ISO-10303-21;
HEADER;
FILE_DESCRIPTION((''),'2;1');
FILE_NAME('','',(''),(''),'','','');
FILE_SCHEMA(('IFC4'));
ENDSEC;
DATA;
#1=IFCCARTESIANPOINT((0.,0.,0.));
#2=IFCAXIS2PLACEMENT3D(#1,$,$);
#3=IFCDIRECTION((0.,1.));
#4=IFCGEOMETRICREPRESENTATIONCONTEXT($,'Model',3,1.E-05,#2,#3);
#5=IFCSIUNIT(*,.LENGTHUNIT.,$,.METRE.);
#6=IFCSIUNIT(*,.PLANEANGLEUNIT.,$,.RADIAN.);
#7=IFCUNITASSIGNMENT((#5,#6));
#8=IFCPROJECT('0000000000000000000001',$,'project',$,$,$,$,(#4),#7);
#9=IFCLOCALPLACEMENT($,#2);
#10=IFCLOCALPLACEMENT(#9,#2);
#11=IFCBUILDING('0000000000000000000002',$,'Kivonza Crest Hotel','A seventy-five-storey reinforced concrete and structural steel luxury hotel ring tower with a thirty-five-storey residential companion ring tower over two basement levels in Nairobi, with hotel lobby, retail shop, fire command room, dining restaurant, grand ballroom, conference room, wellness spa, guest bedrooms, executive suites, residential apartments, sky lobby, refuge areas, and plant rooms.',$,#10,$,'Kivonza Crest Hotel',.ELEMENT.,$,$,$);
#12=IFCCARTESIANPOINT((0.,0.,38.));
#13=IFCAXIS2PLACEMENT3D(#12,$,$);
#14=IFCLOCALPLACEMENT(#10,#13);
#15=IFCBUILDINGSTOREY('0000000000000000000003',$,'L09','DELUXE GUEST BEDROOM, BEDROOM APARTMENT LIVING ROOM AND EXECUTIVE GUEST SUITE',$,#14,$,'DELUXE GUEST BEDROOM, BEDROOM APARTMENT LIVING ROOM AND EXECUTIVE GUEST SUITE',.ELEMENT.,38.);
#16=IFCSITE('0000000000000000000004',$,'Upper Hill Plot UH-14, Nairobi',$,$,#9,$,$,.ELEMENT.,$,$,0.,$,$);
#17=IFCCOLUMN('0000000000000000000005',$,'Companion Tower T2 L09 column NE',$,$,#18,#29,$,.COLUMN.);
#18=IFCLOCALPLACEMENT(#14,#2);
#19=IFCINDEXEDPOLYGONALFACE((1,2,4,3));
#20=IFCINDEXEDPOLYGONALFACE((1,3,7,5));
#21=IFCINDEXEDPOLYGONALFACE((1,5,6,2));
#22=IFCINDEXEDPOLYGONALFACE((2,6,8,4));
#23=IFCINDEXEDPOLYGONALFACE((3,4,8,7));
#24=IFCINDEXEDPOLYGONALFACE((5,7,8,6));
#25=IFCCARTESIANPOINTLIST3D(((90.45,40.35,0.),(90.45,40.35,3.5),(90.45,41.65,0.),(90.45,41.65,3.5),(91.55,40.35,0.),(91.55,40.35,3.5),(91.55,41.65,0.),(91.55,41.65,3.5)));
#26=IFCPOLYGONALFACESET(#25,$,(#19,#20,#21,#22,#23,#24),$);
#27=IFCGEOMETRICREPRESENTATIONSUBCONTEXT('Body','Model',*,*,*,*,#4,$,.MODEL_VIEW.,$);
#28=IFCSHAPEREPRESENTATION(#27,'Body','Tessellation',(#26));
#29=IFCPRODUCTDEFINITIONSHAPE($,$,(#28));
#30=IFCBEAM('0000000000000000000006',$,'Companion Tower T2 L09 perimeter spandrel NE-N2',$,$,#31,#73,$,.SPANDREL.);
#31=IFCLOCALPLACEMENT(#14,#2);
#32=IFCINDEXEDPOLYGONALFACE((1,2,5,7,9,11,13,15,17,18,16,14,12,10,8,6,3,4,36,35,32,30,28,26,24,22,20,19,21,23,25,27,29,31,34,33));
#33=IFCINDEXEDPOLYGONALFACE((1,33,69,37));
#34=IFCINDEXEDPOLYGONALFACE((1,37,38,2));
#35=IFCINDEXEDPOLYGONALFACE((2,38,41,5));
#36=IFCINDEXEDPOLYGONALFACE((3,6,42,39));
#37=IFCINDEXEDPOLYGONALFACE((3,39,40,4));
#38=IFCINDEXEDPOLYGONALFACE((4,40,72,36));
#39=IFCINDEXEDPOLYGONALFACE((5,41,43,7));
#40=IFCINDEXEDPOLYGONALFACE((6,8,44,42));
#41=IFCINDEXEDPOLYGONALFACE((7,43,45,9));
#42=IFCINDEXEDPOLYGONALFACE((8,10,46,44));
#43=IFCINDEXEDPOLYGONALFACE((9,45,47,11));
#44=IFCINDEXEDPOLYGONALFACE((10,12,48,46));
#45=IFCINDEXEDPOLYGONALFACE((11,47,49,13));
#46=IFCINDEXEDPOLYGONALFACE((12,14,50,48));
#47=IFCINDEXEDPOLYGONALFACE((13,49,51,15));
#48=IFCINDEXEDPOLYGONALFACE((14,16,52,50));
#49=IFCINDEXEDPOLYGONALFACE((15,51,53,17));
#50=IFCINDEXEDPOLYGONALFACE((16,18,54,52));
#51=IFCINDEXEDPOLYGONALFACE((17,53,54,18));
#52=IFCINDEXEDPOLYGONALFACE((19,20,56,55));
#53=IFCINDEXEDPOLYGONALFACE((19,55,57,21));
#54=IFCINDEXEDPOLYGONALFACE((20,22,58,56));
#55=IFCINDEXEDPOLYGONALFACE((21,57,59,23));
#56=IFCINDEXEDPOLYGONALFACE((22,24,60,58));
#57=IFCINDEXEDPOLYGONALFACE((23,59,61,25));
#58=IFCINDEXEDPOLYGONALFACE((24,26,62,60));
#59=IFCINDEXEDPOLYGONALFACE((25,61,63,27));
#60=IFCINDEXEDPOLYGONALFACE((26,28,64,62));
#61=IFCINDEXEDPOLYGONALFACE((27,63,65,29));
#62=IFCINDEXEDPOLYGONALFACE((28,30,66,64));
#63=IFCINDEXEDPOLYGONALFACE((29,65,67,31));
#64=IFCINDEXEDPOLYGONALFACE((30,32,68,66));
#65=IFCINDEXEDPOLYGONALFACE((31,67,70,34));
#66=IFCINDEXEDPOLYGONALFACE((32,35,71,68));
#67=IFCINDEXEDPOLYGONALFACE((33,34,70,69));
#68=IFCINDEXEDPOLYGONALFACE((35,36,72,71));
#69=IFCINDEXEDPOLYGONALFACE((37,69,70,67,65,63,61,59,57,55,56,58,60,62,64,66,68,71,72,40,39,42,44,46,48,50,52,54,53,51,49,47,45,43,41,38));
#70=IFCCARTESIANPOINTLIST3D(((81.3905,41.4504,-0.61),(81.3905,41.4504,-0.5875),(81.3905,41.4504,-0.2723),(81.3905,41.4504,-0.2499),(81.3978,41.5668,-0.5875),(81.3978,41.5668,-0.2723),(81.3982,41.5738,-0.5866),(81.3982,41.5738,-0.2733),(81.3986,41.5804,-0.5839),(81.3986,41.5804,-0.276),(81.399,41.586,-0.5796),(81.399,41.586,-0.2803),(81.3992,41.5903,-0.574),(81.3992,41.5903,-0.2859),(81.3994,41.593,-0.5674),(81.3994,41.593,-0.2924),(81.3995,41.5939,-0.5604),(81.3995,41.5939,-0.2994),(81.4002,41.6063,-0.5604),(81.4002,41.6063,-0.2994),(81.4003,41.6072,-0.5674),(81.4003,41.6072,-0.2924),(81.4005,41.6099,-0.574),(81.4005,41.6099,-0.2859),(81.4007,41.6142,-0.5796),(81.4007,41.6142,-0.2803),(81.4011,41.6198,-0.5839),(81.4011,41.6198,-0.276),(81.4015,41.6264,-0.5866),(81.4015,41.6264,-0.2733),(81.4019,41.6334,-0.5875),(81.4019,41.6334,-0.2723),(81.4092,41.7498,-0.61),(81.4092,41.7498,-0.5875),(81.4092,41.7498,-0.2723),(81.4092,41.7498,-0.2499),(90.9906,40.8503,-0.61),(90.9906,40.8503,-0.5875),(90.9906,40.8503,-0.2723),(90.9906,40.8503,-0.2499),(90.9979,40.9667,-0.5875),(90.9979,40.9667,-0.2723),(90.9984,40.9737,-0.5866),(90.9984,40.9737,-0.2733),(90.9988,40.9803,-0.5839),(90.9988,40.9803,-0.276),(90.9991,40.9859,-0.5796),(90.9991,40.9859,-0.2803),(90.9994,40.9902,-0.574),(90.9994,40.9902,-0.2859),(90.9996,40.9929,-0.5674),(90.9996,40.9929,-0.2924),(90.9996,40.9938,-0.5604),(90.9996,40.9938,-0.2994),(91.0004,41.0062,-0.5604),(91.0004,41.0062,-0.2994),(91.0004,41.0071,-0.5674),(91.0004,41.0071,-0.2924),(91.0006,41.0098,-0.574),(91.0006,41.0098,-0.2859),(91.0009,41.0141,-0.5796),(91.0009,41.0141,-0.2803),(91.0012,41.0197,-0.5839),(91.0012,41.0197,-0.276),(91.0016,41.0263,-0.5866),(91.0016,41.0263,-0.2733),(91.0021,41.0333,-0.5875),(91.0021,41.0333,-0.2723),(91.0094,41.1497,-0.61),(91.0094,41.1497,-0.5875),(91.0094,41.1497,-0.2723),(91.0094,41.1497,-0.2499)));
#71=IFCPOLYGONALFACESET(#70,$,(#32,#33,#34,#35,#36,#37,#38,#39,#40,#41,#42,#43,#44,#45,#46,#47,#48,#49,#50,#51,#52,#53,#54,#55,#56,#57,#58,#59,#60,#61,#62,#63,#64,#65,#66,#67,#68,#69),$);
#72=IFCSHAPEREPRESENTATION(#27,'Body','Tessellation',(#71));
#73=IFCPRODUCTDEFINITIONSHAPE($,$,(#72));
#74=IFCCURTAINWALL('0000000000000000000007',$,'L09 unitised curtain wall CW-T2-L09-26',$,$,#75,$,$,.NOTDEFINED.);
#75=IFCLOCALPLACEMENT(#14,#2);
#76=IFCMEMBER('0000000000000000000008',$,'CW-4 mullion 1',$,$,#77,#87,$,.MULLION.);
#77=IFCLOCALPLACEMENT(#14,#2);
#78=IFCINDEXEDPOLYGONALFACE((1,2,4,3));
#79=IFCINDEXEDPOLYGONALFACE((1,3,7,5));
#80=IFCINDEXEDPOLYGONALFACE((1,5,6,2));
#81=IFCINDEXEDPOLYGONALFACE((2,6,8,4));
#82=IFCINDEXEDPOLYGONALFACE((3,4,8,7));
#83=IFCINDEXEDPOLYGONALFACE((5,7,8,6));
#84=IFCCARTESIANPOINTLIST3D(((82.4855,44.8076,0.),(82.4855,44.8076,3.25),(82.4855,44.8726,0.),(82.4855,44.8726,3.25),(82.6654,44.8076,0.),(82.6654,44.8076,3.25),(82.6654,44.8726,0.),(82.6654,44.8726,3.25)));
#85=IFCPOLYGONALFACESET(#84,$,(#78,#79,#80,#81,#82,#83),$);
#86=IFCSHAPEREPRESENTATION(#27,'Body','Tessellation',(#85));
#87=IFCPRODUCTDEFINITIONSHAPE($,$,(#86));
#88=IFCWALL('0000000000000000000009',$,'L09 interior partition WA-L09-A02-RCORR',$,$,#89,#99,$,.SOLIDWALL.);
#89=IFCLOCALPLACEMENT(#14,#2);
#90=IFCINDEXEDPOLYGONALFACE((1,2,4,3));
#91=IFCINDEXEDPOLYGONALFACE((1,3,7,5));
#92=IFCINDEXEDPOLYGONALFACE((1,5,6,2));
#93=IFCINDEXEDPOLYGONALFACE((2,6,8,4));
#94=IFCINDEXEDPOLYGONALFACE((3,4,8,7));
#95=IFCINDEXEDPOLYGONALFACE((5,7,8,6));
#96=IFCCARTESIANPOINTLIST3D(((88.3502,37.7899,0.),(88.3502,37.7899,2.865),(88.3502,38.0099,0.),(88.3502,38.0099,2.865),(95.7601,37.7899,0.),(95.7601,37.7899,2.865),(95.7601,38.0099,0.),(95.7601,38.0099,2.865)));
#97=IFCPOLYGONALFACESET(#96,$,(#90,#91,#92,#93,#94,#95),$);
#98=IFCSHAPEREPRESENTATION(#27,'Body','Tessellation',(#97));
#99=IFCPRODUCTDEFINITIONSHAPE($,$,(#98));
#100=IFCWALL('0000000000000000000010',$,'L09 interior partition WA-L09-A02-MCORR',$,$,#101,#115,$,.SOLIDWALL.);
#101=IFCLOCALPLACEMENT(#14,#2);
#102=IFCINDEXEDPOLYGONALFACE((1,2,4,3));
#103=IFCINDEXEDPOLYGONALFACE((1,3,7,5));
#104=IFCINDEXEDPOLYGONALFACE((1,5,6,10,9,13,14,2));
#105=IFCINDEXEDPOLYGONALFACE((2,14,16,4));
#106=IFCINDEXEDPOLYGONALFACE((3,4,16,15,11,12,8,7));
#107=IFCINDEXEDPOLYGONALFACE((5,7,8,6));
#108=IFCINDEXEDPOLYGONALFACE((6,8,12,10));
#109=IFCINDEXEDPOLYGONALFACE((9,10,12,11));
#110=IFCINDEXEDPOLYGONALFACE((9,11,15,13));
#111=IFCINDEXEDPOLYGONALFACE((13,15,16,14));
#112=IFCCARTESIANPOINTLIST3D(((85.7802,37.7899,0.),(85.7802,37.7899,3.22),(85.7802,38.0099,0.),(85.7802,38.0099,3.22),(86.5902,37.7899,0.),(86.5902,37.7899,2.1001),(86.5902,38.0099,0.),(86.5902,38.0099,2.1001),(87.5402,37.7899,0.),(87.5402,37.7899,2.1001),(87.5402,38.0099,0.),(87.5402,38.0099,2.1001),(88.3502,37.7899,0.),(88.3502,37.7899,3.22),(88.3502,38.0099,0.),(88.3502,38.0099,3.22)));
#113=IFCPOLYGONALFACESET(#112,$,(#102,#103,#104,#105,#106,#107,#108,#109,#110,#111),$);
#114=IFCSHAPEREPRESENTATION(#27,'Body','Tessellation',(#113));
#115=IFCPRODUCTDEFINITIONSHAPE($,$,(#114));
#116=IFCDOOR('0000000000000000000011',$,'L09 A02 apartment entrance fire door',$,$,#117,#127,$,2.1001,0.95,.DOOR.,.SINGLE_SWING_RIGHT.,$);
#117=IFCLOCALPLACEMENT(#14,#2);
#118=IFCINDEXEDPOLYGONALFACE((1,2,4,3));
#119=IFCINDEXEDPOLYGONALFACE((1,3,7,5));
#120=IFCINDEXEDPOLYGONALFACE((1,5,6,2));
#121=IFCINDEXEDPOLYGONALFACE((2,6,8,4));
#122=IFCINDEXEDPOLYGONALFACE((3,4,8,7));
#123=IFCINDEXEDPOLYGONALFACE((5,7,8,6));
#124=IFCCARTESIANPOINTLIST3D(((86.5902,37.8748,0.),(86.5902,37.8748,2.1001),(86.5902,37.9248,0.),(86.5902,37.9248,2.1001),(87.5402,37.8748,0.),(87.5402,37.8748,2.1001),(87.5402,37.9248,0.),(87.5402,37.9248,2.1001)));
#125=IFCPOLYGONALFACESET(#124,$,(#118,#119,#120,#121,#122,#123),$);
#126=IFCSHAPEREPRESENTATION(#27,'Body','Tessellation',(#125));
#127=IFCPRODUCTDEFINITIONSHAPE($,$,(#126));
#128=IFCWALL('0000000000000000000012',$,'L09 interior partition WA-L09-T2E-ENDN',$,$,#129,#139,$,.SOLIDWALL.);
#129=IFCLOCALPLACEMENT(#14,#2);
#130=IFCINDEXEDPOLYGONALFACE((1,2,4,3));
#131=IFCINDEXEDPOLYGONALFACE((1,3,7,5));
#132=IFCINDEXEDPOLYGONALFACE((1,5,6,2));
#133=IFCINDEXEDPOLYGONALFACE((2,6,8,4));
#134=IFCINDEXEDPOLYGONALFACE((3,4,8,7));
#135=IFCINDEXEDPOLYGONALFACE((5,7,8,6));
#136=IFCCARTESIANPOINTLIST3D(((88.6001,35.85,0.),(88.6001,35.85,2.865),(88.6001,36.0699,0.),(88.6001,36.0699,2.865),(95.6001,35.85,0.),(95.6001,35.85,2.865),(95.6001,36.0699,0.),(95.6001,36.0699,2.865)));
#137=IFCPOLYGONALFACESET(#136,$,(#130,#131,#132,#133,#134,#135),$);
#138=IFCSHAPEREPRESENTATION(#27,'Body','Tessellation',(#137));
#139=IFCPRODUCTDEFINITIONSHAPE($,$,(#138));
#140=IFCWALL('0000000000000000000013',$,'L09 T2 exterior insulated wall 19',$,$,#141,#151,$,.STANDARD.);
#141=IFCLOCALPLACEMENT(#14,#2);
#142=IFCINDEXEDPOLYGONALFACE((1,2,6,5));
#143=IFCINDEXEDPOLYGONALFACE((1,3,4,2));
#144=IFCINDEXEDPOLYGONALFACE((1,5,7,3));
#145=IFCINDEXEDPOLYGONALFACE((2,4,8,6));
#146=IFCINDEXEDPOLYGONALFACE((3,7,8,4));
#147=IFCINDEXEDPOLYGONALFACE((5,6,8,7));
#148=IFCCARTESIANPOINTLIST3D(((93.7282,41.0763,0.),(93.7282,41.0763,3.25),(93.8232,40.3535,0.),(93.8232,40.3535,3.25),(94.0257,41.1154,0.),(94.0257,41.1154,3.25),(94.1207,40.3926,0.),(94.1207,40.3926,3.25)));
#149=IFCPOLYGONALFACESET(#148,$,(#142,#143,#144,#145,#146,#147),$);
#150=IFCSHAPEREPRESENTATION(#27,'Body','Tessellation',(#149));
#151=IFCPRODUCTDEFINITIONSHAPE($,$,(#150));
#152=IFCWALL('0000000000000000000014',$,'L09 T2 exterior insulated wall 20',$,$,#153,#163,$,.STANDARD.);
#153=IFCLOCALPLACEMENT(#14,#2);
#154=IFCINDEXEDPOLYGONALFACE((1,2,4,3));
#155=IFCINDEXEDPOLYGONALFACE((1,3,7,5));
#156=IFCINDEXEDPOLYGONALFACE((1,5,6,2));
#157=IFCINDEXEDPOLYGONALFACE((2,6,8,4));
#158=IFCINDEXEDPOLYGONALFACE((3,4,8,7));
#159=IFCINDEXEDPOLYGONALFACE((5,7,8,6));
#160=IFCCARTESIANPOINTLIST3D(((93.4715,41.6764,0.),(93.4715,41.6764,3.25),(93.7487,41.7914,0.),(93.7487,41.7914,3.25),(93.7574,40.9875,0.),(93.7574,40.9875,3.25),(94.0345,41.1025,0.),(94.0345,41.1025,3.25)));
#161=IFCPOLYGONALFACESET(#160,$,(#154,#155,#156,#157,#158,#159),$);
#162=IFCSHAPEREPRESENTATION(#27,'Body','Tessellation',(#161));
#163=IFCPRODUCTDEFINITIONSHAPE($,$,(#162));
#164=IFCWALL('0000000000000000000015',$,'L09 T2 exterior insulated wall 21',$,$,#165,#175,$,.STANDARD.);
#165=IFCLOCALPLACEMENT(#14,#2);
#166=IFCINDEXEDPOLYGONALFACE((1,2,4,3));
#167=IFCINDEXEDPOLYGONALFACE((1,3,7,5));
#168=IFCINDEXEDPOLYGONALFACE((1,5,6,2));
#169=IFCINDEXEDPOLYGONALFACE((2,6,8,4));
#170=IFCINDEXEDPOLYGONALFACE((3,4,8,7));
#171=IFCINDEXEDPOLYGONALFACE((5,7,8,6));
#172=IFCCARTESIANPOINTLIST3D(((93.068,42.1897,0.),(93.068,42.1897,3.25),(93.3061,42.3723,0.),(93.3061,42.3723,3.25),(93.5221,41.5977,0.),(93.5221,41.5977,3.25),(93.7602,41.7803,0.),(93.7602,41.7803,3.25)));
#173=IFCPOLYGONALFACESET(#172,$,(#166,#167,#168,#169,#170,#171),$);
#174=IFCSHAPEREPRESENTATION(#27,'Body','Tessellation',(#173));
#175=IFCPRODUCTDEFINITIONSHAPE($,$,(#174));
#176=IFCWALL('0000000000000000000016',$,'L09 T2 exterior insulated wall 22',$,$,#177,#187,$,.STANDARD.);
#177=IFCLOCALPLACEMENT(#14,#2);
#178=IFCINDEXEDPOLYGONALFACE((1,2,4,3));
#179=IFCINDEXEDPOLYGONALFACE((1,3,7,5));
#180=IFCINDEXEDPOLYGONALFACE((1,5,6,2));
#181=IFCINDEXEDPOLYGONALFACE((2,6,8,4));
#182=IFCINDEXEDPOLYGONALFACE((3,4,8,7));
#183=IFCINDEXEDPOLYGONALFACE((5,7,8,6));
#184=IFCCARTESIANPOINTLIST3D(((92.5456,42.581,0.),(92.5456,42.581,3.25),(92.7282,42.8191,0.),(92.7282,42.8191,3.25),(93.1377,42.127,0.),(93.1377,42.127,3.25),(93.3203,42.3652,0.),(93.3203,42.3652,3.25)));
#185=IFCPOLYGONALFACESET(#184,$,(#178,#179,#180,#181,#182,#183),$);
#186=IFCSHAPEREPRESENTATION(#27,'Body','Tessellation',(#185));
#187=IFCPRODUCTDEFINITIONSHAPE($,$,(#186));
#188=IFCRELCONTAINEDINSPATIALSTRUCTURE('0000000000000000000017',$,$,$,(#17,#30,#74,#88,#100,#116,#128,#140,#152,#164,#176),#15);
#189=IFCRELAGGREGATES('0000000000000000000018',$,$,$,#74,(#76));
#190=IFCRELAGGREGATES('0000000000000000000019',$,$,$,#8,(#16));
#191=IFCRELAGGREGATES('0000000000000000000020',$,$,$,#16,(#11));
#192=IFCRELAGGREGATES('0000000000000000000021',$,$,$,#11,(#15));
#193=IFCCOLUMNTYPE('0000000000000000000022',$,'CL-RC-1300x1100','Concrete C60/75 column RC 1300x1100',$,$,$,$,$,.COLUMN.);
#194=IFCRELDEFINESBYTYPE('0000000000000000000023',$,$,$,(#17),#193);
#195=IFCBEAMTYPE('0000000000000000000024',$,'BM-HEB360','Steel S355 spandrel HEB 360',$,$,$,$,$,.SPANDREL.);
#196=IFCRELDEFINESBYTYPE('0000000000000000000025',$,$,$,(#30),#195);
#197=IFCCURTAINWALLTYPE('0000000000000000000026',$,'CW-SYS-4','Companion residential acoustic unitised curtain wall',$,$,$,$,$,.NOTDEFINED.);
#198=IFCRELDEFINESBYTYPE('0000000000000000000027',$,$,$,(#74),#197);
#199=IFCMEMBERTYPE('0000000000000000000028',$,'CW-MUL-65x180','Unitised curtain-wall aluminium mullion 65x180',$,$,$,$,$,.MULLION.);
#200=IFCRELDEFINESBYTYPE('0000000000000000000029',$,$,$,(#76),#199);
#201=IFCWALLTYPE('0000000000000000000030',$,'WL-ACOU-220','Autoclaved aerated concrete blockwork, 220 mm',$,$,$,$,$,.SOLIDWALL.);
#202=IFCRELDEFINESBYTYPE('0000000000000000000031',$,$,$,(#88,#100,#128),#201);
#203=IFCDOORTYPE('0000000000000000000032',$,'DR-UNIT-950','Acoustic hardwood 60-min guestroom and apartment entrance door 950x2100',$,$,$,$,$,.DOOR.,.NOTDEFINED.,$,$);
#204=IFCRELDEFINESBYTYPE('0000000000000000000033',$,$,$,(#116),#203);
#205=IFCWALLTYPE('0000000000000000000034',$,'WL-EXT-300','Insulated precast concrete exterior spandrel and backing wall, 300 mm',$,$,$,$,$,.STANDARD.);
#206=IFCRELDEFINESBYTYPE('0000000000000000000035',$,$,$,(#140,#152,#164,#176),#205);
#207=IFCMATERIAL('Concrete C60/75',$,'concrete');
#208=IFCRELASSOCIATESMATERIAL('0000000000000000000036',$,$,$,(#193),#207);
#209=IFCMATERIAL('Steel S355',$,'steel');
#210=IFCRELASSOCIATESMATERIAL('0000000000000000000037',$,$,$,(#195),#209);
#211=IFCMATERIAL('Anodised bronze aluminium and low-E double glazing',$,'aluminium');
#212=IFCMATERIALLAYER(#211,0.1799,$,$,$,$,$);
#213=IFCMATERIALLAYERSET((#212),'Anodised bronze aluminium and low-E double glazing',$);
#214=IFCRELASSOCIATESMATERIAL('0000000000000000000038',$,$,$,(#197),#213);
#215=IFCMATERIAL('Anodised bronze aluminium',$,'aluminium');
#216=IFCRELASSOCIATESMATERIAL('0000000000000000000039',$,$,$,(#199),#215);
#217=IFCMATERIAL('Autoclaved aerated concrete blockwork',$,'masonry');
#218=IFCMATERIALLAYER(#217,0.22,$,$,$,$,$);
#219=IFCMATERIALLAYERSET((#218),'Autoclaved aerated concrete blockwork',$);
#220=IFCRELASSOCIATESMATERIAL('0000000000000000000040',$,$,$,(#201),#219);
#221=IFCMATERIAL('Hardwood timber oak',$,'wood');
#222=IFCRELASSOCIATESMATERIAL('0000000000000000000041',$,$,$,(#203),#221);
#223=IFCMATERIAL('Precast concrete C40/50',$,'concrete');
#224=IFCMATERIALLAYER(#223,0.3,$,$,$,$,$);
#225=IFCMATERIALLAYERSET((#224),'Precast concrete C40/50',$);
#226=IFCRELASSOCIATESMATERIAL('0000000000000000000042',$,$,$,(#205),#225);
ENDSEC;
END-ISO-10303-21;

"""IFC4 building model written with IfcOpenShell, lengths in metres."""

from ifc_helpers import new_model, si_unit, direction, frame, frame_2d, origin, origin_2d, place, context, subcontext, project, spatial, rectangle, i_section, extrude, material, layer, layer_set, material_profile, profile_set, type_object, element, fill, aggregate, save


model = new_model("IFC4")

# Units and contexts
model_context = context("Model", 3, precision=1e-05, world=origin(), true_north=direction((0.0, 1.0)))
body_context = subcontext(model_context, "Body", "Model", "MODEL_VIEW")
ifc_project = project(units=[si_unit("LENGTHUNIT", "METRE"), si_unit("PLANEANGLEUNIT", "RADIAN")], contexts=[model_context])

# Site, building, storey
site_placement = place(None, origin())
site = spatial("IfcSite", under=ifc_project, at=site_placement, Name="Upper Hill Plot UH-14, Nairobi", CompositionType="ELEMENT", RefElevation=0.0)
building_placement = place(site_placement, origin())
building = spatial("IfcBuilding", under=site, at=building_placement, Name="Kivonza Crest Hotel", Description="A seventy-five-storey reinforced concrete and structural steel luxury hotel ring tower with a thirty-five-storey residential companion ring tower over two basement levels in Nairobi, with hotel lobby, retail shop, fire command room, dining restaurant, grand ballroom, conference room, wellness spa, guest bedrooms, executive suites, residential apartments, sky lobby, refuge areas, and plant rooms.", LongName="Kivonza Crest Hotel", CompositionType="ELEMENT")
storey_placement = place(building_placement, frame((0.0, 0.0, 38.0)))
storey = spatial("IfcBuildingStorey", under=building, at=storey_placement, Name="L09", Description="DELUXE GUEST BEDROOM, BEDROOM APARTMENT LIVING ROOM AND EXECUTIVE GUEST SUITE", LongName="DELUXE GUEST BEDROOM, BEDROOM APARTMENT LIVING ROOM AND EXECUTIVE GUEST SUITE", CompositionType="ELEMENT", Elevation=38.0)

# Column
ifc_material_1 = material(Name="Concrete C60/75", Category="concrete")
ifc_material_profile_1 = material_profile(ifc_material_1, rectangle(XDim=1.1001, YDim=1.3, at=origin_2d()), Name="RC 1300x1100")
ifc_profile_set_1 = profile_set([ifc_material_profile_1], Name="Concrete C60/75")
column_type = type_object("IfcColumnType", Name="CL-RC-1300x1100", Description="Concrete C60/75 column RC 1300x1100", PredefinedType="COLUMN", material=ifc_profile_set_1)
column_placement = place(storey_placement, frame((91.0, 41.0, 0.0), z_axis=(0.0, 0.0, 1.0), x_axis=(1.0, 0.0, 0.0)))
element("IfcColumn", 1, at=column_placement, inside=storey, type_object=column_type, Name="Companion Tower T2 L09 column NE", PredefinedType="COLUMN", context=body_context, shape_type="SweptSolid", body=[
    extrude(rectangle(XDim=1.1001, YDim=1.3, at=origin_2d()), origin(), (0.0, 0.0, 1.0), 3.5),
])

# Beam
ifc_material_2 = material(Name="Steel S355", Category="steel")
ifc_material_profile_2 = material_profile(ifc_material_2, i_section(OverallWidth=0.3, OverallDepth=0.3601, WebThickness=0.0125, FlangeThickness=0.0225, FilletRadius=0.0271, at=origin_2d()), Name="HEB 360")
ifc_profile_set_2 = profile_set([ifc_material_profile_2], Name="Steel S355")
beam_type = type_object("IfcBeamType", Name="BM-HEB360", Description="Steel S355 spandrel HEB 360", PredefinedType="SPANDREL", material=ifc_profile_set_2)
beam_placement = place(storey_placement, frame((91.0, 41.0, -0.4299), z_axis=(-0.998052, 0.062388, 0.0), x_axis=(-0.062388, -0.998052, 0.0)))
element("IfcBeam", 2, at=beam_placement, inside=storey, type_object=beam_type, Name="Companion Tower T2 L09 perimeter spandrel NE-N2", PredefinedType="SPANDREL", context=body_context, shape_type="SweptSolid", body=[
    extrude(i_section(OverallWidth=0.3, OverallDepth=0.3601, WebThickness=0.0125, FlangeThickness=0.0225, FilletRadius=0.0271, at=origin_2d()), origin(), (0.0, 0.0, 1.0), 9.6189),
])

# Curtain wall, member
ifc_material_3 = material(Name="Anodised bronze aluminium and low-E double glazing", Category="aluminium")
ifc_layer_1 = layer(ifc_material_3, 0.1799)
ifc_layer_set_1 = layer_set([ifc_layer_1], Name="Anodised bronze aluminium and low-E double glazing")
curtain_wall_type = type_object("IfcCurtainWallType", Name="CW-SYS-4", Description="Companion residential acoustic unitised curtain wall", PredefinedType="NOTDEFINED", material=ifc_layer_set_1)
curtain_wall_placement = place(storey_placement, origin())
curtain_wall = element("IfcCurtainWall", 3, at=curtain_wall_placement, inside=storey, type_object=curtain_wall_type, Name="L09 unitised curtain wall CW-T2-L09-26", PredefinedType="NOTDEFINED")
ifc_material_4 = material(Name="Anodised bronze aluminium", Category="aluminium")
ifc_material_profile_3 = material_profile(ifc_material_4, rectangle(XDim=0.0649, YDim=0.1799, at=origin_2d()), Name="CW-M 65x180")
ifc_profile_set_3 = profile_set([ifc_material_profile_3], Name="Anodised bronze aluminium")
member_type = type_object("IfcMemberType", Name="CW-MUL-65x180", Description="Unitised curtain-wall aluminium mullion 65x180", PredefinedType="MULLION", material=ifc_profile_set_3)
member_placement = place(storey_placement, frame((82.5754, 44.8401, 0.0), z_axis=(0.0, 0.0, 1.0), x_axis=(0.0, -1.0, 0.0)))
member = element("IfcMember", 4, at=member_placement, type_object=member_type, Name="CW-4 mullion 1", PredefinedType="MULLION", context=body_context, shape_type="SweptSolid", body=[
    extrude(rectangle(XDim=0.0649, YDim=0.1799, at=origin_2d()), origin(), (0.0, 0.0, 1.0), 3.25),
])
aggregate(curtain_wall, [member])

# Wall
ifc_material_5 = material(Name="Autoclaved aerated concrete blockwork", Category="masonry")
ifc_layer_2 = layer(ifc_material_5, 0.22)
ifc_layer_set_2 = layer_set([ifc_layer_2], Name="Autoclaved aerated concrete blockwork")
wall_type_1 = type_object("IfcWallType", Name="WL-ACOU-220", Description="Autoclaved aerated concrete blockwork, 220 mm", PredefinedType="SOLIDWALL", material=ifc_layer_set_2)
wall_1_placement = place(storey_placement, frame((88.3501, 37.8999, 0.0), z_axis=(0.0, 0.0, 1.0), x_axis=(1.0, 0.0, 0.0)))
element("IfcWall", 5, at=wall_1_placement, inside=storey, type_object=wall_type_1, Name="L09 interior partition WA-L09-A02-RCORR", PredefinedType="SOLIDWALL", context=body_context, shape_type="SweptSolid", body=[
    extrude(rectangle(XDim=7.4099, YDim=0.22, at=frame_2d((3.7051, 0.0))), origin(), (0.0, 0.0, 1.0), 2.865),
])

# Wall, opening, door
wall_2_placement = place(storey_placement, frame((85.78, 37.8999, 0.0), z_axis=(0.0, 0.0, 1.0), x_axis=(1.0, 0.0, 0.0)))
wall_2 = element("IfcWall", 6, at=wall_2_placement, inside=storey, type_object=wall_type_1, Name="L09 interior partition WA-L09-A02-MCORR", PredefinedType="SOLIDWALL", context=body_context, shape_type="SweptSolid", body=[
    extrude(rectangle(XDim=2.5701, YDim=0.22, at=frame_2d((1.2852, 0.0))), origin(), (0.0, 0.0, 1.0), 3.22),
])
opening_1_placement = place(wall_2_placement, frame((0.8101, 0.0, 0.0)))
opening_1 = element("IfcOpeningElement", 7, at=opening_1_placement, cuts=wall_2, PredefinedType="OPENING", context=body_context, shape_type="SweptSolid", body=[
    extrude(rectangle(XDim=0.95, YDim=2.1001, at=frame_2d((0.4751, 1.05))), frame((0.0, 0.1201, 0.0), z_axis=(0.0, -1.0, 0.0), x_axis=(1.0, 0.0, 0.0)), (0.0, 0.0, 1.0), 0.24),
])
ifc_material_6 = material(Name="Hardwood timber oak", Category="wood")
door_type_1 = type_object("IfcDoorType", Name="DR-UNIT-950", Description="Acoustic hardwood 60-min guestroom and apartment entrance door 950x2100", OperationType="NOTDEFINED", PredefinedType="DOOR", material=ifc_material_6)
door_1_placement = place(opening_1_placement, origin())
door_1 = element("IfcDoor", 8, at=door_1_placement, inside=storey, type_object=door_type_1, Name="L09 A02 apartment entrance fire door", OperationType="SINGLE_SWING_RIGHT", OverallHeight=2.1001, OverallWidth=0.95, PredefinedType="DOOR", context=body_context, shape_type="SweptSolid", body=[
    extrude(rectangle(XDim=0.95, YDim=2.1001, at=frame_2d((0.4751, 1.05))), frame((0.0, 0.0249, 0.0), z_axis=(0.0, -1.0, 0.0), x_axis=(1.0, 0.0, 0.0)), (0.0, 0.0, 1.0), 0.05),
])
fill(opening_1, door_1)

# Walls
wall_3_placement = place(storey_placement, frame((88.6001, 35.96, 0.0), z_axis=(0.0, 0.0, 1.0), x_axis=(1.0, 0.0, 0.0)))
element("IfcWall", 9, at=wall_3_placement, inside=storey, type_object=wall_type_1, Name="L09 interior partition WA-L09-T2E-ENDN", PredefinedType="SOLIDWALL", context=body_context, shape_type="SweptSolid", body=[
    extrude(rectangle(XDim=7.0, YDim=0.22, at=frame_2d((3.5, 0.0))), origin(), (0.0, 0.0, 1.0), 2.865),
])
ifc_material_7 = material(Name="Precast concrete C40/50", Category="concrete")
ifc_layer_3 = layer(ifc_material_7, 0.3)
ifc_layer_set_3 = layer_set([ifc_layer_3], Name="Precast concrete C40/50")
wall_type_2 = type_object("IfcWallType", Name="WL-EXT-300", Description="Insulated precast concrete exterior spandrel and backing wall, 300 mm", PredefinedType="STANDARD", material=ifc_layer_set_3)
wall_4_placement = place(storey_placement, frame((93.9719, 40.373, 0.0), z_axis=(0.0, 0.0, 1.0), x_axis=(-0.130255, 0.99148, 0.0)))
element("IfcWall", 10, at=wall_4_placement, inside=storey, type_object=wall_type_2, Name="L09 T2 exterior insulated wall 19", PredefinedType="STANDARD", context=body_context, shape_type="SweptSolid", body=[
    extrude(rectangle(XDim=0.729, YDim=0.3, at=frame_2d((0.3645, 0.0))), origin(), (0.0, 0.0, 1.0), 3.25),
])
wall_5_placement = place(storey_placement, frame((93.896, 41.0449, 0.0), z_axis=(0.0, 0.0, 1.0), x_axis=(-0.383267, 0.923638, 0.0)))
element("IfcWall", 11, at=wall_5_placement, inside=storey, type_object=wall_type_2, Name="L09 T2 exterior insulated wall 20", PredefinedType="STANDARD", context=body_context, shape_type="SweptSolid", body=[
    extrude(rectangle(XDim=0.7458, YDim=0.3, at=frame_2d((0.373, 0.0))), origin(), (0.0, 0.0, 1.0), 3.25),
])
for number, where, z_axis, x_axis, name in (
    (12, (93.6411, 41.689, 0.0), (0.0, 0.0, 1.0), (-0.608603, 0.793475, 0.0), "L09 T2 exterior insulated wall 21"),
    (13, (93.229, 42.2461, 0.0), (0.0, 0.0, 1.0), (-0.793633, 0.608397, 0.0), "L09 T2 exterior insulated wall 22"),
):
    element("IfcWall", number, at=place(storey_placement, frame(where, z_axis=z_axis, x_axis=x_axis)), inside=storey, type_object=wall_type_2, Name=name, PredefinedType="STANDARD", context=body_context, shape_type="SweptSolid", body=[
        extrude(rectangle(XDim=0.7461, YDim=0.3, at=frame_2d((0.373, 0.0))), origin(), (0.0, 0.0, 1.0), 3.25),
    ])

save(model, "model.ifc")
